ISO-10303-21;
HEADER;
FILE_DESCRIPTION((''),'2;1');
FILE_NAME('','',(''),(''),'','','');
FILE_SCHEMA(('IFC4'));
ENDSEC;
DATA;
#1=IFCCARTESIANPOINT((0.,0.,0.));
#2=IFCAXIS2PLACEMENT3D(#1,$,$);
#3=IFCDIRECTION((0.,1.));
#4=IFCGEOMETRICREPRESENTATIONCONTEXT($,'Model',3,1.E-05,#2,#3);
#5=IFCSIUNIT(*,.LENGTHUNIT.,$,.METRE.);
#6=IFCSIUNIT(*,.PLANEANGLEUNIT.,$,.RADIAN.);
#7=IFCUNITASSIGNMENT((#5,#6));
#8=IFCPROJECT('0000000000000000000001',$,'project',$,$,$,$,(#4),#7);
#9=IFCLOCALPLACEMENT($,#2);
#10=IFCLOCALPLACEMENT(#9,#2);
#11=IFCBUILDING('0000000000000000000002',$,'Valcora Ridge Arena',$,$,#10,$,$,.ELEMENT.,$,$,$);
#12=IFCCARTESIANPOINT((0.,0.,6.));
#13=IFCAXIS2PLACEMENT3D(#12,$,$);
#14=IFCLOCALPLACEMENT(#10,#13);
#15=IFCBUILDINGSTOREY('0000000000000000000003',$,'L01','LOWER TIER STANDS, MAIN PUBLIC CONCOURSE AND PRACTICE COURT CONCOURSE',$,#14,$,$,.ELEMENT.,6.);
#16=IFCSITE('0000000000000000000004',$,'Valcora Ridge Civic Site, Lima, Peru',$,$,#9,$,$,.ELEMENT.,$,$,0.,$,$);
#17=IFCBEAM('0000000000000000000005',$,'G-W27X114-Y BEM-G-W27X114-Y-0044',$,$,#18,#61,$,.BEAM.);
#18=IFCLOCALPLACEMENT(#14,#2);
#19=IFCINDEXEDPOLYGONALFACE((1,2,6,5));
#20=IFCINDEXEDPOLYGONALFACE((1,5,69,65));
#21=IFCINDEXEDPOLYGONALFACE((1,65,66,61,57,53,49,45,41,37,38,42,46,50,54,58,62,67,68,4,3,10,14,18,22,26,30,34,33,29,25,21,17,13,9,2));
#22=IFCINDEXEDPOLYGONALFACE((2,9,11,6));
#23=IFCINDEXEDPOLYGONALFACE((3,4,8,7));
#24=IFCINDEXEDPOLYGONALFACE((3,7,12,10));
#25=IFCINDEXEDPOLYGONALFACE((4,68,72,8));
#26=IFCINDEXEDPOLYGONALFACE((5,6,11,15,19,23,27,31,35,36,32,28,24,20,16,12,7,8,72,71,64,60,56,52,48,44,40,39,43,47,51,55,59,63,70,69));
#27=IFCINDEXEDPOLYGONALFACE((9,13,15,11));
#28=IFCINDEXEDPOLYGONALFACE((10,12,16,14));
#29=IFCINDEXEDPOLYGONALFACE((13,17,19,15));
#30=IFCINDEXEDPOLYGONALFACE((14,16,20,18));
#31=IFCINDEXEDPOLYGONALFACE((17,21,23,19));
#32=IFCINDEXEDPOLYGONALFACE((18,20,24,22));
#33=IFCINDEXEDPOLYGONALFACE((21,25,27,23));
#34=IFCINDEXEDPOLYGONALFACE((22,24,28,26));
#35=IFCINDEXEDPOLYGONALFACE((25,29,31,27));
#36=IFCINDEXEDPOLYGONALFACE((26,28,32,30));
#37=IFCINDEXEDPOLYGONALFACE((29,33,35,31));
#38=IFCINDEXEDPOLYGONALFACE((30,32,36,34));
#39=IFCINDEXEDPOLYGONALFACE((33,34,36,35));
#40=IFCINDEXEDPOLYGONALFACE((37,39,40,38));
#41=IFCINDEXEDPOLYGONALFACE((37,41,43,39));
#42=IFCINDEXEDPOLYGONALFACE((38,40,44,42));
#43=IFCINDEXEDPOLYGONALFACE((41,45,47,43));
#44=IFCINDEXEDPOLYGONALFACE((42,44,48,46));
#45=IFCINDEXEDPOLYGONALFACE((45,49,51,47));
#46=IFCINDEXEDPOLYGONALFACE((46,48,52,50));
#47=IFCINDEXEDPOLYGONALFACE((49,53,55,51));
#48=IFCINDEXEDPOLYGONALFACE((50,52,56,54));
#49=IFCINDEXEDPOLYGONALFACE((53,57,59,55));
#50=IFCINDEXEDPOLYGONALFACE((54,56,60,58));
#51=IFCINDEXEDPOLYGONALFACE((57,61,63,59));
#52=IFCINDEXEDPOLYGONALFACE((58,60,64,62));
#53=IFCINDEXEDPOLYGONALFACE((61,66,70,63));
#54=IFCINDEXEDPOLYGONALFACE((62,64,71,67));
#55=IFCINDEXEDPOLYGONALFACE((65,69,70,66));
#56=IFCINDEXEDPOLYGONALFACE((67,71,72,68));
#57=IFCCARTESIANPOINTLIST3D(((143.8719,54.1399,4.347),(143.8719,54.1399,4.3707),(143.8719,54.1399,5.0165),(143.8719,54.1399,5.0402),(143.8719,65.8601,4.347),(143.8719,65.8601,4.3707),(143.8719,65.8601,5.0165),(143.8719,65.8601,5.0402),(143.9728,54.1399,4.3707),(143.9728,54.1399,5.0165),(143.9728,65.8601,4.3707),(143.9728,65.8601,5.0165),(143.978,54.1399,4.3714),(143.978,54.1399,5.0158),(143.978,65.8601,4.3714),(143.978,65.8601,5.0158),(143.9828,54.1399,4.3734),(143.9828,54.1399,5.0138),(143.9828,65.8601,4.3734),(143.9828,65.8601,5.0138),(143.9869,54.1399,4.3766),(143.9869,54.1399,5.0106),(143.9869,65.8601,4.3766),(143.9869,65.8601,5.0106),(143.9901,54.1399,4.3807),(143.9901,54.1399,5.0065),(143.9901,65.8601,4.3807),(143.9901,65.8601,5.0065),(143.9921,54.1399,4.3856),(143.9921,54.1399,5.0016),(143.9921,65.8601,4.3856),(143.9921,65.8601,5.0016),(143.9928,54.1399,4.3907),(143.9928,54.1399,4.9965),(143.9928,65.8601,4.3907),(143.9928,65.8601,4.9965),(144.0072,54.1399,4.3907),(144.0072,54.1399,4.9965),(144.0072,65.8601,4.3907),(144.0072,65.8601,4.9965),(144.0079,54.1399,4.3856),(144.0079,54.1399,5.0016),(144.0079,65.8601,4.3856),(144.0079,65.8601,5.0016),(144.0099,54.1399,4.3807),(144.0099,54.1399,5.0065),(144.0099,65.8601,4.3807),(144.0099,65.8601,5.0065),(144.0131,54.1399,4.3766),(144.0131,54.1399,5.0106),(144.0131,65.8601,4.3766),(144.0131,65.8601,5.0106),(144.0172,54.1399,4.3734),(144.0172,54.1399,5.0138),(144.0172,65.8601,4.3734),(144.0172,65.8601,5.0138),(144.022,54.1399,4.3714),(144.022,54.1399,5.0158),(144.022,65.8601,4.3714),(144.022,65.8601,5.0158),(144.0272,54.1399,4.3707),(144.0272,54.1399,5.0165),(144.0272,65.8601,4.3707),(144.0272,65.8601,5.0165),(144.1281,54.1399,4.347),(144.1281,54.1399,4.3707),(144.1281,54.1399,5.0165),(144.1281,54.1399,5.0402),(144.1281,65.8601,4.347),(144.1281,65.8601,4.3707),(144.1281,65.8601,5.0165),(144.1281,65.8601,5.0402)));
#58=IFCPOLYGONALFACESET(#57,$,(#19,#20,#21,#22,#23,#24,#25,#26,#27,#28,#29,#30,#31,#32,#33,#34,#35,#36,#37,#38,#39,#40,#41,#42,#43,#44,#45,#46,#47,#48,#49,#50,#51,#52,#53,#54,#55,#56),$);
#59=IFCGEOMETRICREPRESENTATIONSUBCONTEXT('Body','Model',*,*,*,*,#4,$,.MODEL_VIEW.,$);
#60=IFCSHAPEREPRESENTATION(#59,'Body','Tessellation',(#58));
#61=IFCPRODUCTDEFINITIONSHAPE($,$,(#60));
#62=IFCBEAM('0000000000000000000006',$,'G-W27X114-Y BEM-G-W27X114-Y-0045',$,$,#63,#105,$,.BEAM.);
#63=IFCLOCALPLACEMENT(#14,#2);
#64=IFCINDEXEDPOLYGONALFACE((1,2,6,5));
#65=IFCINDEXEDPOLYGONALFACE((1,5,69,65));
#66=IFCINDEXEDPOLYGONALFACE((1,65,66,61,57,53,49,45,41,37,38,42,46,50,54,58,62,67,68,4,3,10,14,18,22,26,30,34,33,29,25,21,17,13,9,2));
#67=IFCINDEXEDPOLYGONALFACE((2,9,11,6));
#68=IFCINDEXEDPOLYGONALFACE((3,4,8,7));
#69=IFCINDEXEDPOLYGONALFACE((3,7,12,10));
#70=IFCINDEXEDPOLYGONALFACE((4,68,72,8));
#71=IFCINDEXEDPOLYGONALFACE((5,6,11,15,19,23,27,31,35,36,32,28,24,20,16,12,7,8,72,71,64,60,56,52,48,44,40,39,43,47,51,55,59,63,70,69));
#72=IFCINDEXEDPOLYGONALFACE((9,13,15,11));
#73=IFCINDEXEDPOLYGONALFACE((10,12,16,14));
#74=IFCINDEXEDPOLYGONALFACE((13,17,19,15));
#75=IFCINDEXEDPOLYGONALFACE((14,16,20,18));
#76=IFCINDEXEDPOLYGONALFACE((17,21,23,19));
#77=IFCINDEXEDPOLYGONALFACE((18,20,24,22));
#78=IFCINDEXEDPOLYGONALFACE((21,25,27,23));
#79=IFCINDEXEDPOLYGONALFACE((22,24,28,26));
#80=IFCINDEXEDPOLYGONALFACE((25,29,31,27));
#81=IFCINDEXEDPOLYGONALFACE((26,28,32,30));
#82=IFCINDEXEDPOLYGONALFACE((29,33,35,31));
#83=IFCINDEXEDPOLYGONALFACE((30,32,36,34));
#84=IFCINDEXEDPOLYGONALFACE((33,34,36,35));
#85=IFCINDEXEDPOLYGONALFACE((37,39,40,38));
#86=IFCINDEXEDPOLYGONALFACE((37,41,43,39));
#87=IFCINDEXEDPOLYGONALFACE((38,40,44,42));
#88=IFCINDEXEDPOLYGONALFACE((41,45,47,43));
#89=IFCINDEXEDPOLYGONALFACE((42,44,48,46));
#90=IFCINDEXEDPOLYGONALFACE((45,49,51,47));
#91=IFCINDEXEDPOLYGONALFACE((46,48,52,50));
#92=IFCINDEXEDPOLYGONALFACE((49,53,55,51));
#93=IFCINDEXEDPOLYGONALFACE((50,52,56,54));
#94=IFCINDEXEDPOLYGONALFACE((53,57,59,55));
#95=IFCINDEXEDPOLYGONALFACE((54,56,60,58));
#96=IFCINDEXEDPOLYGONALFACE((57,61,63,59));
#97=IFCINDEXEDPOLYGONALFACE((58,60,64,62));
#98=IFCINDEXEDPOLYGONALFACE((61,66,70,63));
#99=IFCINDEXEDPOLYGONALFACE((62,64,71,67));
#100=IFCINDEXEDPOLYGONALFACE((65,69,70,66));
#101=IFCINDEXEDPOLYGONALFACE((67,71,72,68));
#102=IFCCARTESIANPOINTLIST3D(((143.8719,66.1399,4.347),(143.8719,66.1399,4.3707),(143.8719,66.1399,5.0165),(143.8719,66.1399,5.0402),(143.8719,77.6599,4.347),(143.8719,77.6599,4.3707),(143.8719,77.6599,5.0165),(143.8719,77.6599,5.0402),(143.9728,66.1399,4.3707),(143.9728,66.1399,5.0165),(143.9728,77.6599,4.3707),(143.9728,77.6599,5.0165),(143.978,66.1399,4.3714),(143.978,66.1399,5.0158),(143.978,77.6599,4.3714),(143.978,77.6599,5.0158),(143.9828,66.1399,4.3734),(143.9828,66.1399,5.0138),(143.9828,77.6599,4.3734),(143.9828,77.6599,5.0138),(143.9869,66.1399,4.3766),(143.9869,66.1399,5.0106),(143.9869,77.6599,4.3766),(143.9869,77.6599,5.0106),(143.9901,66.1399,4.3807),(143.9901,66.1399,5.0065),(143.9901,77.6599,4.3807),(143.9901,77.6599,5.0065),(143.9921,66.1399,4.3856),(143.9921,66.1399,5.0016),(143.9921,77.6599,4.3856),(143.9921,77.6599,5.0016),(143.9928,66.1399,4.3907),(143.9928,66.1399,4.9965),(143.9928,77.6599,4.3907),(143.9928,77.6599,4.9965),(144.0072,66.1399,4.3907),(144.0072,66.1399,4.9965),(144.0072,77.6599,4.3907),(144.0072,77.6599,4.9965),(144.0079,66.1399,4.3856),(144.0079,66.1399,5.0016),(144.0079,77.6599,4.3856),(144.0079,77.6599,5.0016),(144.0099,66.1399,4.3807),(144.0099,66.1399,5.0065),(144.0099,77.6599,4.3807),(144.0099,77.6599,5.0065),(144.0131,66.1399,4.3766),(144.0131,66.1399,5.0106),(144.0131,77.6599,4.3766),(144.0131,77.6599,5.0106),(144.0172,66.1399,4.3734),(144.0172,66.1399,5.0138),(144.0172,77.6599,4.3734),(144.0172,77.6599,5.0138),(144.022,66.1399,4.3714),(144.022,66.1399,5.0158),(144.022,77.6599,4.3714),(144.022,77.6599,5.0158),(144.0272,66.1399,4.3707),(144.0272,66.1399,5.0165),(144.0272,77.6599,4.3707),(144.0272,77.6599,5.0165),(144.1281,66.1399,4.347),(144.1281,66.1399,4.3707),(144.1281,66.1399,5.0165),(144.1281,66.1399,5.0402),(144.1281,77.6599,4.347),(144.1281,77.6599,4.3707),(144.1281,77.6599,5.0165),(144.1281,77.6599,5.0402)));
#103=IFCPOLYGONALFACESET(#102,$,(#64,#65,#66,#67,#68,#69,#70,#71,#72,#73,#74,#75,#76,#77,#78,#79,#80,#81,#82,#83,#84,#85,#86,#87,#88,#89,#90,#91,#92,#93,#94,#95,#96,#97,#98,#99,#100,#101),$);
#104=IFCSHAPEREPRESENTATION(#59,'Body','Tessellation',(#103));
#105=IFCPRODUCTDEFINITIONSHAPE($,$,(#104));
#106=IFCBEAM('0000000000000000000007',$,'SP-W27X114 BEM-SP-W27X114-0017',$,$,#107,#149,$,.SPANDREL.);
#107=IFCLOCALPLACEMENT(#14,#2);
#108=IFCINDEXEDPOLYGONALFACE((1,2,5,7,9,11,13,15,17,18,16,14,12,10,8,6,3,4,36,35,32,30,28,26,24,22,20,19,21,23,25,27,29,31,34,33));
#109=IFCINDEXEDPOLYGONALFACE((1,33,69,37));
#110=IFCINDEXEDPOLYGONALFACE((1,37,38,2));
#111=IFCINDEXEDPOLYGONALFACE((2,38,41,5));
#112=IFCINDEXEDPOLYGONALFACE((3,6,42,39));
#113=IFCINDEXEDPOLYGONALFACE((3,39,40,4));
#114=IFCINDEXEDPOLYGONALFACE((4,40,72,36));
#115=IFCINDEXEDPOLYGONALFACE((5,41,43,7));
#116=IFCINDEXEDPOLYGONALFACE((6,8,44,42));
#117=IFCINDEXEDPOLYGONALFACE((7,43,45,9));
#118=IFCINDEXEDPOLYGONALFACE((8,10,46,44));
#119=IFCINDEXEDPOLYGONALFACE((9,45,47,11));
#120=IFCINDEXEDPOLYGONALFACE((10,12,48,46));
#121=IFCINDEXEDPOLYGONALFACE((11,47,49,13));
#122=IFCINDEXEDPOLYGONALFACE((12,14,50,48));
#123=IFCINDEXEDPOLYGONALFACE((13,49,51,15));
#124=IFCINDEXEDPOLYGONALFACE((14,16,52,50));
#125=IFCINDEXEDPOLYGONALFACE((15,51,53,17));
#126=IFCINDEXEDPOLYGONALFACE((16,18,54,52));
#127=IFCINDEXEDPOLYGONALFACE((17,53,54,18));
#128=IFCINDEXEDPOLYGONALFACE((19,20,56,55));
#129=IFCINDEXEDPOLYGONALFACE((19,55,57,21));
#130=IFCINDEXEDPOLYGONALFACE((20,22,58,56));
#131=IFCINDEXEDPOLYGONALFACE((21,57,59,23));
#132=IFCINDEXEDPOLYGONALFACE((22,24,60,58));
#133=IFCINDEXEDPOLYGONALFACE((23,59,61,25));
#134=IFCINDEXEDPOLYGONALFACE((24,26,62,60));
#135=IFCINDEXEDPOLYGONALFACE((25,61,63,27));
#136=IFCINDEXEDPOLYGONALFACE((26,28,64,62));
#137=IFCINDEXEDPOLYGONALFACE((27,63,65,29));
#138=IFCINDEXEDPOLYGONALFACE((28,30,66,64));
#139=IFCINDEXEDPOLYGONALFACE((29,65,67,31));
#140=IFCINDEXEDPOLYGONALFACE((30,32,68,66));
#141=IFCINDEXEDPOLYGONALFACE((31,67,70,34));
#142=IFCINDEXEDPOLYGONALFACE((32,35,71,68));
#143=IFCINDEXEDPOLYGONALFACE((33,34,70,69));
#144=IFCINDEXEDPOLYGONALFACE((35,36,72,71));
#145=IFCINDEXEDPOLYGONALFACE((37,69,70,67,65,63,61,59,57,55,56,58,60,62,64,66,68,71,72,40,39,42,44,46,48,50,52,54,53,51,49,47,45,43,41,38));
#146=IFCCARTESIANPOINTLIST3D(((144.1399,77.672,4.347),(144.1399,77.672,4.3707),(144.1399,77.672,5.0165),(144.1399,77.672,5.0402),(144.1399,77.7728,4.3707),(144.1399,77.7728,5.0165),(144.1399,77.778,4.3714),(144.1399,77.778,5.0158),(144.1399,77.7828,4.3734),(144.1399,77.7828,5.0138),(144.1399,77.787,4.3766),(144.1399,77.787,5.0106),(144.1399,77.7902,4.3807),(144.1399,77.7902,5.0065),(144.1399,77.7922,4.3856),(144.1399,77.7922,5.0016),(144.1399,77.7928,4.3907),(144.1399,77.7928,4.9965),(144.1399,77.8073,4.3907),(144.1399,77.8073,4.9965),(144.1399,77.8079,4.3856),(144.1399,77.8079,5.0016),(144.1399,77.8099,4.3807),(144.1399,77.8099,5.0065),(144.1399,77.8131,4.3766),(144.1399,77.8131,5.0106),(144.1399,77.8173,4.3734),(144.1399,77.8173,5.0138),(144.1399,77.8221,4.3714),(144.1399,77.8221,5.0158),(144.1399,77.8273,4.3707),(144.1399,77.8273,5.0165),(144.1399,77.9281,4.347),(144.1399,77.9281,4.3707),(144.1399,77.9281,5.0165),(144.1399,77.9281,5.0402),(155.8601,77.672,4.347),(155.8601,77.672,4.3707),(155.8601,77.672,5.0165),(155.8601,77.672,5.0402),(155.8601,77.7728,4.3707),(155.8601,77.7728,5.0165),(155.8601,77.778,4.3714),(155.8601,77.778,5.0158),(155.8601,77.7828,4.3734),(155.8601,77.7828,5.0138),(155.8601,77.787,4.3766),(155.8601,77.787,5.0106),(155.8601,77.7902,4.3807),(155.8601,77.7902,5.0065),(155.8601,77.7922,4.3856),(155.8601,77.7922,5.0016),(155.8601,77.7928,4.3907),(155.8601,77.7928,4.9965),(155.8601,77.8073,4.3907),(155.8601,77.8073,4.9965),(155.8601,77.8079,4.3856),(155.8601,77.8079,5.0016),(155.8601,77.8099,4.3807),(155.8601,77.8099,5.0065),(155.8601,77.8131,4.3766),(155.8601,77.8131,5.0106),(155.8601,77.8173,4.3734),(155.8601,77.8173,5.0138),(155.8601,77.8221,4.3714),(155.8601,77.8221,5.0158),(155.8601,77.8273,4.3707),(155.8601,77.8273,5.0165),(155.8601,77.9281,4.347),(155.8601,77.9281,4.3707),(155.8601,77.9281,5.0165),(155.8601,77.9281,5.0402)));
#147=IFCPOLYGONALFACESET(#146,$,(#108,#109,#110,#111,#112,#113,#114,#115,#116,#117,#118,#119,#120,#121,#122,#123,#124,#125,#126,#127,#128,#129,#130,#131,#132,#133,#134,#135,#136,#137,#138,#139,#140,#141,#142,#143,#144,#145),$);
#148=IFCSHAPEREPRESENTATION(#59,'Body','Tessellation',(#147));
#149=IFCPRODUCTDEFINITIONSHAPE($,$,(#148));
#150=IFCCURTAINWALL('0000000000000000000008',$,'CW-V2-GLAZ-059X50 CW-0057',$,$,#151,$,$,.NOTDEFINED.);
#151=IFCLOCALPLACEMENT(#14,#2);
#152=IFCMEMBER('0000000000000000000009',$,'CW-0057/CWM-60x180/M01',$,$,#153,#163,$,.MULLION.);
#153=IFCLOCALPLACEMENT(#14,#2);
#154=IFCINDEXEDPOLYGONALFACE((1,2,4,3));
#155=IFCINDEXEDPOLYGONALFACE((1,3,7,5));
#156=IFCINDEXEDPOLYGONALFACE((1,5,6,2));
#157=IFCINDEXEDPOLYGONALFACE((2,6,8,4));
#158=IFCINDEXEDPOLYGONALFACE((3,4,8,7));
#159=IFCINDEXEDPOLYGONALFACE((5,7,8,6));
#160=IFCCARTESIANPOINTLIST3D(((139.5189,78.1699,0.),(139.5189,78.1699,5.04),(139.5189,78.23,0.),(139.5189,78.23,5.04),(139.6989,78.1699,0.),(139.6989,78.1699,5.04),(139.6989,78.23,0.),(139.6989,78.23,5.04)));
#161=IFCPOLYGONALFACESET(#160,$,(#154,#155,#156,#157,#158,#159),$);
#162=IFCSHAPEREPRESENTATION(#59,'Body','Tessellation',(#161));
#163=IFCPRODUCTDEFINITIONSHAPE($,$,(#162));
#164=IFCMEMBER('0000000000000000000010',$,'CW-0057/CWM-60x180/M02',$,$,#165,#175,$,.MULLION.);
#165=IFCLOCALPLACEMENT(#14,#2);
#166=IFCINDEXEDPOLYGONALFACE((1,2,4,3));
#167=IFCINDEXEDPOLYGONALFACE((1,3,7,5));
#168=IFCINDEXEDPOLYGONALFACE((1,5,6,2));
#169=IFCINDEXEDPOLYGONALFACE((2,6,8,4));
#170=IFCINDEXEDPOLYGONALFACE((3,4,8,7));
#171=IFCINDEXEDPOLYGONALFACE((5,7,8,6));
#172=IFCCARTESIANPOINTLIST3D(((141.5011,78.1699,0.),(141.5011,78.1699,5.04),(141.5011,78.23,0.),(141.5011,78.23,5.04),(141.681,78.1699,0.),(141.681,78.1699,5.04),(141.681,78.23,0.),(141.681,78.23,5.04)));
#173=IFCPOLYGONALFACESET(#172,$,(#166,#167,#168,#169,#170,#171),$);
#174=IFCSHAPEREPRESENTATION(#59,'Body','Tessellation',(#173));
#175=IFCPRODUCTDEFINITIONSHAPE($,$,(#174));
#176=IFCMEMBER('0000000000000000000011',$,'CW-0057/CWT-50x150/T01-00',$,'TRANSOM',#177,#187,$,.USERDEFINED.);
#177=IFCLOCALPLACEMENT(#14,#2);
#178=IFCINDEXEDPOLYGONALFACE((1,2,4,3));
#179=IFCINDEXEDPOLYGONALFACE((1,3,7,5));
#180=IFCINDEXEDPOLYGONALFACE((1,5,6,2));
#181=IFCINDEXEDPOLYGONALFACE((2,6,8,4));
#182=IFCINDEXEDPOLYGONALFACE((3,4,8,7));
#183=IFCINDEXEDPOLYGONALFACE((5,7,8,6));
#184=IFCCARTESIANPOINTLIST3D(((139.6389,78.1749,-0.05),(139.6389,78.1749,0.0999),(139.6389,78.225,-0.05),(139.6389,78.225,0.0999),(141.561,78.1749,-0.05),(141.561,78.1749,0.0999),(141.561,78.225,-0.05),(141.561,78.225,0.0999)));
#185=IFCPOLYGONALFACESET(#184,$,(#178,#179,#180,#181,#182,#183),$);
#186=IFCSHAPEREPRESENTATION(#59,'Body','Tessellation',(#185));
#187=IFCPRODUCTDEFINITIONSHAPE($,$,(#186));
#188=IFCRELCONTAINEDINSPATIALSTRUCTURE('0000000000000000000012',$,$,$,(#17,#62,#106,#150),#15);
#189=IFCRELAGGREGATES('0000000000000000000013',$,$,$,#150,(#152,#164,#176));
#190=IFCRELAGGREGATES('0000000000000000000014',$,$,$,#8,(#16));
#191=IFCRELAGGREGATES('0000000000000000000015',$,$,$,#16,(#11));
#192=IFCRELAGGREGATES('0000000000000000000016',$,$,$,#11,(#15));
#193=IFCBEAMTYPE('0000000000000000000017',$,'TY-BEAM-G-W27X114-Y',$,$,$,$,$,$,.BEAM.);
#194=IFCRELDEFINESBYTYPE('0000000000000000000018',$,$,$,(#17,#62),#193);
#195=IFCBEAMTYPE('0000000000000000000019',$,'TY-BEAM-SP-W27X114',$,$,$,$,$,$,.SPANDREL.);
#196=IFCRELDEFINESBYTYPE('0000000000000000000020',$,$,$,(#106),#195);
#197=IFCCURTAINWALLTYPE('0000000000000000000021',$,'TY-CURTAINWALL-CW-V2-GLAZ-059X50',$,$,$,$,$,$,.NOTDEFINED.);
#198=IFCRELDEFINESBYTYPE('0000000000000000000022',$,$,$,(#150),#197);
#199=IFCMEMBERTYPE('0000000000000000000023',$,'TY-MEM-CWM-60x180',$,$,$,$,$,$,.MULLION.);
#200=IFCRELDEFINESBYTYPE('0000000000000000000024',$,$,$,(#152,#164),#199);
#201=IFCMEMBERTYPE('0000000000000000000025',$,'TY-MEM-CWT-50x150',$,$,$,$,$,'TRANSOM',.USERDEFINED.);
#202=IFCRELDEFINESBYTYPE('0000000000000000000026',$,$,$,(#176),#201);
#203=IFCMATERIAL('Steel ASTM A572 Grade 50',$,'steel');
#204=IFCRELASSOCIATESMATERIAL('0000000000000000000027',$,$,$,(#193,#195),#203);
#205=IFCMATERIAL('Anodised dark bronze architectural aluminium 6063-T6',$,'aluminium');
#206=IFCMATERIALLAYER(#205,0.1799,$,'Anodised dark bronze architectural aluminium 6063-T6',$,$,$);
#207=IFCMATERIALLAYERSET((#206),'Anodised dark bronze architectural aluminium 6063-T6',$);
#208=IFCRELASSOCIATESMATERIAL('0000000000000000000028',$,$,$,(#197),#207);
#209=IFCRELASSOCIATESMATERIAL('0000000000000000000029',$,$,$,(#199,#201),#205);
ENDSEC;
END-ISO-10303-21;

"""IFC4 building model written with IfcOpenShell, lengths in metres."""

from ifc_helpers import new_model, si_unit, direction, frame, origin, origin_2d, place, context, subcontext, project, spatial, rectangle, i_section, extrude, material, layer, layer_set, material_profile, profile_set, type_object, element, aggregate, save


model = new_model("IFC4")

# Units and contexts
model_context = context("Model", 3, precision=1e-05, world=origin(), true_north=direction((0.0, 1.0)))
body_context = subcontext(model_context, "Body", "Model", "MODEL_VIEW")
ifc_project = project(units=[si_unit("LENGTHUNIT", "METRE"), si_unit("PLANEANGLEUNIT", "RADIAN")], contexts=[model_context])

# Site, building, storey
site_placement = place(None, origin())
site = spatial("IfcSite", under=ifc_project, at=site_placement, Name="Valcora Ridge Civic Site, Lima, Peru", CompositionType="ELEMENT", RefElevation=0.0)
building_placement = place(site_placement, origin())
building = spatial("IfcBuilding", under=site, at=building_placement, Name="Valcora Ridge Arena", CompositionType="ELEMENT")
storey_placement = place(building_placement, frame((0.0, 0.0, 6.0)))
storey = spatial("IfcBuildingStorey", under=building, at=storey_placement, Name="L01", Description="LOWER TIER STANDS, MAIN PUBLIC CONCOURSE AND PRACTICE COURT CONCOURSE", CompositionType="ELEMENT", Elevation=6.0)

# Shared definitions
ifc_material_1 = material(Name="Steel ASTM A572 Grade 50", Category="steel")

# Beams
ifc_material_profile_1 = material_profile(ifc_material_1, i_section(OverallWidth=0.2561, OverallDepth=0.6931, WebThickness=0.0144, FlangeThickness=0.0237, FilletRadius=0.02, at=origin_2d()), Name="W27X114")
ifc_profile_set_1 = profile_set([ifc_material_profile_1], Name="Steel ASTM A572 Grade 50")
beam_type_1 = type_object("IfcBeamType", Name="TY-BEAM-G-W27X114-Y", PredefinedType="BEAM", material=ifc_profile_set_1)
beam_1_placement = place(storey_placement, frame((144.0, 54.1399, 4.6936), z_axis=(0.0, 1.0, 0.0), x_axis=(-1.0, 0.0, 0.0)))
element("IfcBeam", 1, at=beam_1_placement, inside=storey, type_object=beam_type_1, Name="G-W27X114-Y BEM-G-W27X114-Y-0044", PredefinedType="BEAM", context=body_context, shape_type="SweptSolid", body=[
    extrude(i_section(OverallWidth=0.2561, OverallDepth=0.6931, WebThickness=0.0144, FlangeThickness=0.0237, FilletRadius=0.02, at=origin_2d()), origin(), (0.0, 0.0, 1.0), 11.7202),
])
beam_2_placement = place(storey_placement, frame((144.0, 66.1399, 4.6936), z_axis=(0.0, 1.0, 0.0), x_axis=(-1.0, 0.0, 0.0)))
element("IfcBeam", 2, at=beam_2_placement, inside=storey, type_object=beam_type_1, Name="G-W27X114-Y BEM-G-W27X114-Y-0045", PredefinedType="BEAM", context=body_context, shape_type="SweptSolid", body=[
    extrude(i_section(OverallWidth=0.2561, OverallDepth=0.6931, WebThickness=0.0144, FlangeThickness=0.0237, FilletRadius=0.02, at=origin_2d()), origin(), (0.0, 0.0, 1.0), 11.52),
])
ifc_material_profile_2 = material_profile(ifc_material_1, i_section(OverallWidth=0.2561, OverallDepth=0.6931, WebThickness=0.0144, FlangeThickness=0.0237, FilletRadius=0.02, at=origin_2d()), Name="W27X114")
ifc_profile_set_2 = profile_set([ifc_material_profile_2], Name="Steel ASTM A572 Grade 50")
beam_type_2 = type_object("IfcBeamType", Name="TY-BEAM-SP-W27X114", PredefinedType="SPANDREL", material=ifc_profile_set_2)
beam_3_placement = place(storey_placement, frame((144.1399, 77.8, 4.6936), z_axis=(1.0, 0.0, 0.0), x_axis=(0.0, 1.0, 0.0)))
element("IfcBeam", 3, at=beam_3_placement, inside=storey, type_object=beam_type_2, Name="SP-W27X114 BEM-SP-W27X114-0017", PredefinedType="SPANDREL", context=body_context, shape_type="SweptSolid", body=[
    extrude(i_section(OverallWidth=0.2561, OverallDepth=0.6931, WebThickness=0.0144, FlangeThickness=0.0237, FilletRadius=0.02, at=origin_2d()), origin(), (0.0, 0.0, 1.0), 11.7202),
])

# Curtain wall, members
ifc_material_2 = material(Name="Anodised dark bronze architectural aluminium 6063-T6", Category="aluminium")
ifc_layer_1 = layer(ifc_material_2, 0.1799, Name="Anodised dark bronze architectural aluminium 6063-T6")
ifc_layer_set_1 = layer_set([ifc_layer_1], Name="Anodised dark bronze architectural aluminium 6063-T6")
curtain_wall_type = type_object("IfcCurtainWallType", Name="TY-CURTAINWALL-CW-V2-GLAZ-059X50", PredefinedType="NOTDEFINED", material=ifc_layer_set_1)
curtain_wall_placement = place(storey_placement, origin())
curtain_wall = element("IfcCurtainWall", 4, at=curtain_wall_placement, inside=storey, type_object=curtain_wall_type, Name="CW-V2-GLAZ-059X50 CW-0057", PredefinedType="NOTDEFINED")
ifc_material_profile_3 = material_profile(ifc_material_2, rectangle(XDim=0.0601, YDim=0.1799, at=origin_2d()), Name="ALU MULLION 60x180")
ifc_profile_set_3 = profile_set([ifc_material_profile_3], Name="Anodised dark bronze architectural aluminium 6063-T6")
member_type_1 = type_object("IfcMemberType", Name="TY-MEM-CWM-60x180", PredefinedType="MULLION", material=ifc_profile_set_3)
member_1_placement = place(storey_placement, frame((139.6089, 78.2, 0.0), z_axis=(0.0, 0.0, 1.0), x_axis=(0.0, 1.0, 0.0)))
member_1 = element("IfcMember", 5, at=member_1_placement, type_object=member_type_1, Name="CW-0057/CWM-60x180/M01", PredefinedType="MULLION", context=body_context, shape_type="SweptSolid", body=[
    extrude(rectangle(XDim=0.0601, YDim=0.1799, at=origin_2d()), origin(), (0.0, 0.0, 1.0), 5.04),
])
member_2_placement = place(storey_placement, frame((141.5911, 78.2, 0.0), z_axis=(0.0, 0.0, 1.0), x_axis=(0.0, 1.0, 0.0)))
member_2 = element("IfcMember", 6, at=member_2_placement, type_object=member_type_1, Name="CW-0057/CWM-60x180/M02", PredefinedType="MULLION", context=body_context, shape_type="SweptSolid", body=[
    extrude(rectangle(XDim=0.0601, YDim=0.1799, at=origin_2d()), origin(), (0.0, 0.0, 1.0), 5.04),
])
ifc_material_profile_4 = material_profile(ifc_material_2, rectangle(XDim=0.05, YDim=0.1499, at=origin_2d()), Name="ALU TRANSOM 50x150")
ifc_profile_set_4 = profile_set([ifc_material_profile_4], Name="Anodised dark bronze architectural aluminium 6063-T6")
member_type_2 = type_object("IfcMemberType", Name="TY-MEM-CWT-50x150", ElementType="TRANSOM", PredefinedType="USERDEFINED", material=ifc_profile_set_4)
member_3_placement = place(storey_placement, frame((139.6389, 78.2, 0.0249), z_axis=(1.0, 0.0, 0.0), x_axis=(0.0, 1.0, 0.0)))
member_3 = element("IfcMember", 7, at=member_3_placement, type_object=member_type_2, Name="CW-0057/CWT-50x150/T01-00", ObjectType="TRANSOM", PredefinedType="USERDEFINED", context=body_context, shape_type="SweptSolid", body=[
    extrude(rectangle(XDim=0.05, YDim=0.1499, at=origin_2d()), origin(), (0.0, 0.0, 1.0), 1.9221),
])
aggregate(curtain_wall, [member_1, member_2, member_3])

save(model, "model.ifc")
